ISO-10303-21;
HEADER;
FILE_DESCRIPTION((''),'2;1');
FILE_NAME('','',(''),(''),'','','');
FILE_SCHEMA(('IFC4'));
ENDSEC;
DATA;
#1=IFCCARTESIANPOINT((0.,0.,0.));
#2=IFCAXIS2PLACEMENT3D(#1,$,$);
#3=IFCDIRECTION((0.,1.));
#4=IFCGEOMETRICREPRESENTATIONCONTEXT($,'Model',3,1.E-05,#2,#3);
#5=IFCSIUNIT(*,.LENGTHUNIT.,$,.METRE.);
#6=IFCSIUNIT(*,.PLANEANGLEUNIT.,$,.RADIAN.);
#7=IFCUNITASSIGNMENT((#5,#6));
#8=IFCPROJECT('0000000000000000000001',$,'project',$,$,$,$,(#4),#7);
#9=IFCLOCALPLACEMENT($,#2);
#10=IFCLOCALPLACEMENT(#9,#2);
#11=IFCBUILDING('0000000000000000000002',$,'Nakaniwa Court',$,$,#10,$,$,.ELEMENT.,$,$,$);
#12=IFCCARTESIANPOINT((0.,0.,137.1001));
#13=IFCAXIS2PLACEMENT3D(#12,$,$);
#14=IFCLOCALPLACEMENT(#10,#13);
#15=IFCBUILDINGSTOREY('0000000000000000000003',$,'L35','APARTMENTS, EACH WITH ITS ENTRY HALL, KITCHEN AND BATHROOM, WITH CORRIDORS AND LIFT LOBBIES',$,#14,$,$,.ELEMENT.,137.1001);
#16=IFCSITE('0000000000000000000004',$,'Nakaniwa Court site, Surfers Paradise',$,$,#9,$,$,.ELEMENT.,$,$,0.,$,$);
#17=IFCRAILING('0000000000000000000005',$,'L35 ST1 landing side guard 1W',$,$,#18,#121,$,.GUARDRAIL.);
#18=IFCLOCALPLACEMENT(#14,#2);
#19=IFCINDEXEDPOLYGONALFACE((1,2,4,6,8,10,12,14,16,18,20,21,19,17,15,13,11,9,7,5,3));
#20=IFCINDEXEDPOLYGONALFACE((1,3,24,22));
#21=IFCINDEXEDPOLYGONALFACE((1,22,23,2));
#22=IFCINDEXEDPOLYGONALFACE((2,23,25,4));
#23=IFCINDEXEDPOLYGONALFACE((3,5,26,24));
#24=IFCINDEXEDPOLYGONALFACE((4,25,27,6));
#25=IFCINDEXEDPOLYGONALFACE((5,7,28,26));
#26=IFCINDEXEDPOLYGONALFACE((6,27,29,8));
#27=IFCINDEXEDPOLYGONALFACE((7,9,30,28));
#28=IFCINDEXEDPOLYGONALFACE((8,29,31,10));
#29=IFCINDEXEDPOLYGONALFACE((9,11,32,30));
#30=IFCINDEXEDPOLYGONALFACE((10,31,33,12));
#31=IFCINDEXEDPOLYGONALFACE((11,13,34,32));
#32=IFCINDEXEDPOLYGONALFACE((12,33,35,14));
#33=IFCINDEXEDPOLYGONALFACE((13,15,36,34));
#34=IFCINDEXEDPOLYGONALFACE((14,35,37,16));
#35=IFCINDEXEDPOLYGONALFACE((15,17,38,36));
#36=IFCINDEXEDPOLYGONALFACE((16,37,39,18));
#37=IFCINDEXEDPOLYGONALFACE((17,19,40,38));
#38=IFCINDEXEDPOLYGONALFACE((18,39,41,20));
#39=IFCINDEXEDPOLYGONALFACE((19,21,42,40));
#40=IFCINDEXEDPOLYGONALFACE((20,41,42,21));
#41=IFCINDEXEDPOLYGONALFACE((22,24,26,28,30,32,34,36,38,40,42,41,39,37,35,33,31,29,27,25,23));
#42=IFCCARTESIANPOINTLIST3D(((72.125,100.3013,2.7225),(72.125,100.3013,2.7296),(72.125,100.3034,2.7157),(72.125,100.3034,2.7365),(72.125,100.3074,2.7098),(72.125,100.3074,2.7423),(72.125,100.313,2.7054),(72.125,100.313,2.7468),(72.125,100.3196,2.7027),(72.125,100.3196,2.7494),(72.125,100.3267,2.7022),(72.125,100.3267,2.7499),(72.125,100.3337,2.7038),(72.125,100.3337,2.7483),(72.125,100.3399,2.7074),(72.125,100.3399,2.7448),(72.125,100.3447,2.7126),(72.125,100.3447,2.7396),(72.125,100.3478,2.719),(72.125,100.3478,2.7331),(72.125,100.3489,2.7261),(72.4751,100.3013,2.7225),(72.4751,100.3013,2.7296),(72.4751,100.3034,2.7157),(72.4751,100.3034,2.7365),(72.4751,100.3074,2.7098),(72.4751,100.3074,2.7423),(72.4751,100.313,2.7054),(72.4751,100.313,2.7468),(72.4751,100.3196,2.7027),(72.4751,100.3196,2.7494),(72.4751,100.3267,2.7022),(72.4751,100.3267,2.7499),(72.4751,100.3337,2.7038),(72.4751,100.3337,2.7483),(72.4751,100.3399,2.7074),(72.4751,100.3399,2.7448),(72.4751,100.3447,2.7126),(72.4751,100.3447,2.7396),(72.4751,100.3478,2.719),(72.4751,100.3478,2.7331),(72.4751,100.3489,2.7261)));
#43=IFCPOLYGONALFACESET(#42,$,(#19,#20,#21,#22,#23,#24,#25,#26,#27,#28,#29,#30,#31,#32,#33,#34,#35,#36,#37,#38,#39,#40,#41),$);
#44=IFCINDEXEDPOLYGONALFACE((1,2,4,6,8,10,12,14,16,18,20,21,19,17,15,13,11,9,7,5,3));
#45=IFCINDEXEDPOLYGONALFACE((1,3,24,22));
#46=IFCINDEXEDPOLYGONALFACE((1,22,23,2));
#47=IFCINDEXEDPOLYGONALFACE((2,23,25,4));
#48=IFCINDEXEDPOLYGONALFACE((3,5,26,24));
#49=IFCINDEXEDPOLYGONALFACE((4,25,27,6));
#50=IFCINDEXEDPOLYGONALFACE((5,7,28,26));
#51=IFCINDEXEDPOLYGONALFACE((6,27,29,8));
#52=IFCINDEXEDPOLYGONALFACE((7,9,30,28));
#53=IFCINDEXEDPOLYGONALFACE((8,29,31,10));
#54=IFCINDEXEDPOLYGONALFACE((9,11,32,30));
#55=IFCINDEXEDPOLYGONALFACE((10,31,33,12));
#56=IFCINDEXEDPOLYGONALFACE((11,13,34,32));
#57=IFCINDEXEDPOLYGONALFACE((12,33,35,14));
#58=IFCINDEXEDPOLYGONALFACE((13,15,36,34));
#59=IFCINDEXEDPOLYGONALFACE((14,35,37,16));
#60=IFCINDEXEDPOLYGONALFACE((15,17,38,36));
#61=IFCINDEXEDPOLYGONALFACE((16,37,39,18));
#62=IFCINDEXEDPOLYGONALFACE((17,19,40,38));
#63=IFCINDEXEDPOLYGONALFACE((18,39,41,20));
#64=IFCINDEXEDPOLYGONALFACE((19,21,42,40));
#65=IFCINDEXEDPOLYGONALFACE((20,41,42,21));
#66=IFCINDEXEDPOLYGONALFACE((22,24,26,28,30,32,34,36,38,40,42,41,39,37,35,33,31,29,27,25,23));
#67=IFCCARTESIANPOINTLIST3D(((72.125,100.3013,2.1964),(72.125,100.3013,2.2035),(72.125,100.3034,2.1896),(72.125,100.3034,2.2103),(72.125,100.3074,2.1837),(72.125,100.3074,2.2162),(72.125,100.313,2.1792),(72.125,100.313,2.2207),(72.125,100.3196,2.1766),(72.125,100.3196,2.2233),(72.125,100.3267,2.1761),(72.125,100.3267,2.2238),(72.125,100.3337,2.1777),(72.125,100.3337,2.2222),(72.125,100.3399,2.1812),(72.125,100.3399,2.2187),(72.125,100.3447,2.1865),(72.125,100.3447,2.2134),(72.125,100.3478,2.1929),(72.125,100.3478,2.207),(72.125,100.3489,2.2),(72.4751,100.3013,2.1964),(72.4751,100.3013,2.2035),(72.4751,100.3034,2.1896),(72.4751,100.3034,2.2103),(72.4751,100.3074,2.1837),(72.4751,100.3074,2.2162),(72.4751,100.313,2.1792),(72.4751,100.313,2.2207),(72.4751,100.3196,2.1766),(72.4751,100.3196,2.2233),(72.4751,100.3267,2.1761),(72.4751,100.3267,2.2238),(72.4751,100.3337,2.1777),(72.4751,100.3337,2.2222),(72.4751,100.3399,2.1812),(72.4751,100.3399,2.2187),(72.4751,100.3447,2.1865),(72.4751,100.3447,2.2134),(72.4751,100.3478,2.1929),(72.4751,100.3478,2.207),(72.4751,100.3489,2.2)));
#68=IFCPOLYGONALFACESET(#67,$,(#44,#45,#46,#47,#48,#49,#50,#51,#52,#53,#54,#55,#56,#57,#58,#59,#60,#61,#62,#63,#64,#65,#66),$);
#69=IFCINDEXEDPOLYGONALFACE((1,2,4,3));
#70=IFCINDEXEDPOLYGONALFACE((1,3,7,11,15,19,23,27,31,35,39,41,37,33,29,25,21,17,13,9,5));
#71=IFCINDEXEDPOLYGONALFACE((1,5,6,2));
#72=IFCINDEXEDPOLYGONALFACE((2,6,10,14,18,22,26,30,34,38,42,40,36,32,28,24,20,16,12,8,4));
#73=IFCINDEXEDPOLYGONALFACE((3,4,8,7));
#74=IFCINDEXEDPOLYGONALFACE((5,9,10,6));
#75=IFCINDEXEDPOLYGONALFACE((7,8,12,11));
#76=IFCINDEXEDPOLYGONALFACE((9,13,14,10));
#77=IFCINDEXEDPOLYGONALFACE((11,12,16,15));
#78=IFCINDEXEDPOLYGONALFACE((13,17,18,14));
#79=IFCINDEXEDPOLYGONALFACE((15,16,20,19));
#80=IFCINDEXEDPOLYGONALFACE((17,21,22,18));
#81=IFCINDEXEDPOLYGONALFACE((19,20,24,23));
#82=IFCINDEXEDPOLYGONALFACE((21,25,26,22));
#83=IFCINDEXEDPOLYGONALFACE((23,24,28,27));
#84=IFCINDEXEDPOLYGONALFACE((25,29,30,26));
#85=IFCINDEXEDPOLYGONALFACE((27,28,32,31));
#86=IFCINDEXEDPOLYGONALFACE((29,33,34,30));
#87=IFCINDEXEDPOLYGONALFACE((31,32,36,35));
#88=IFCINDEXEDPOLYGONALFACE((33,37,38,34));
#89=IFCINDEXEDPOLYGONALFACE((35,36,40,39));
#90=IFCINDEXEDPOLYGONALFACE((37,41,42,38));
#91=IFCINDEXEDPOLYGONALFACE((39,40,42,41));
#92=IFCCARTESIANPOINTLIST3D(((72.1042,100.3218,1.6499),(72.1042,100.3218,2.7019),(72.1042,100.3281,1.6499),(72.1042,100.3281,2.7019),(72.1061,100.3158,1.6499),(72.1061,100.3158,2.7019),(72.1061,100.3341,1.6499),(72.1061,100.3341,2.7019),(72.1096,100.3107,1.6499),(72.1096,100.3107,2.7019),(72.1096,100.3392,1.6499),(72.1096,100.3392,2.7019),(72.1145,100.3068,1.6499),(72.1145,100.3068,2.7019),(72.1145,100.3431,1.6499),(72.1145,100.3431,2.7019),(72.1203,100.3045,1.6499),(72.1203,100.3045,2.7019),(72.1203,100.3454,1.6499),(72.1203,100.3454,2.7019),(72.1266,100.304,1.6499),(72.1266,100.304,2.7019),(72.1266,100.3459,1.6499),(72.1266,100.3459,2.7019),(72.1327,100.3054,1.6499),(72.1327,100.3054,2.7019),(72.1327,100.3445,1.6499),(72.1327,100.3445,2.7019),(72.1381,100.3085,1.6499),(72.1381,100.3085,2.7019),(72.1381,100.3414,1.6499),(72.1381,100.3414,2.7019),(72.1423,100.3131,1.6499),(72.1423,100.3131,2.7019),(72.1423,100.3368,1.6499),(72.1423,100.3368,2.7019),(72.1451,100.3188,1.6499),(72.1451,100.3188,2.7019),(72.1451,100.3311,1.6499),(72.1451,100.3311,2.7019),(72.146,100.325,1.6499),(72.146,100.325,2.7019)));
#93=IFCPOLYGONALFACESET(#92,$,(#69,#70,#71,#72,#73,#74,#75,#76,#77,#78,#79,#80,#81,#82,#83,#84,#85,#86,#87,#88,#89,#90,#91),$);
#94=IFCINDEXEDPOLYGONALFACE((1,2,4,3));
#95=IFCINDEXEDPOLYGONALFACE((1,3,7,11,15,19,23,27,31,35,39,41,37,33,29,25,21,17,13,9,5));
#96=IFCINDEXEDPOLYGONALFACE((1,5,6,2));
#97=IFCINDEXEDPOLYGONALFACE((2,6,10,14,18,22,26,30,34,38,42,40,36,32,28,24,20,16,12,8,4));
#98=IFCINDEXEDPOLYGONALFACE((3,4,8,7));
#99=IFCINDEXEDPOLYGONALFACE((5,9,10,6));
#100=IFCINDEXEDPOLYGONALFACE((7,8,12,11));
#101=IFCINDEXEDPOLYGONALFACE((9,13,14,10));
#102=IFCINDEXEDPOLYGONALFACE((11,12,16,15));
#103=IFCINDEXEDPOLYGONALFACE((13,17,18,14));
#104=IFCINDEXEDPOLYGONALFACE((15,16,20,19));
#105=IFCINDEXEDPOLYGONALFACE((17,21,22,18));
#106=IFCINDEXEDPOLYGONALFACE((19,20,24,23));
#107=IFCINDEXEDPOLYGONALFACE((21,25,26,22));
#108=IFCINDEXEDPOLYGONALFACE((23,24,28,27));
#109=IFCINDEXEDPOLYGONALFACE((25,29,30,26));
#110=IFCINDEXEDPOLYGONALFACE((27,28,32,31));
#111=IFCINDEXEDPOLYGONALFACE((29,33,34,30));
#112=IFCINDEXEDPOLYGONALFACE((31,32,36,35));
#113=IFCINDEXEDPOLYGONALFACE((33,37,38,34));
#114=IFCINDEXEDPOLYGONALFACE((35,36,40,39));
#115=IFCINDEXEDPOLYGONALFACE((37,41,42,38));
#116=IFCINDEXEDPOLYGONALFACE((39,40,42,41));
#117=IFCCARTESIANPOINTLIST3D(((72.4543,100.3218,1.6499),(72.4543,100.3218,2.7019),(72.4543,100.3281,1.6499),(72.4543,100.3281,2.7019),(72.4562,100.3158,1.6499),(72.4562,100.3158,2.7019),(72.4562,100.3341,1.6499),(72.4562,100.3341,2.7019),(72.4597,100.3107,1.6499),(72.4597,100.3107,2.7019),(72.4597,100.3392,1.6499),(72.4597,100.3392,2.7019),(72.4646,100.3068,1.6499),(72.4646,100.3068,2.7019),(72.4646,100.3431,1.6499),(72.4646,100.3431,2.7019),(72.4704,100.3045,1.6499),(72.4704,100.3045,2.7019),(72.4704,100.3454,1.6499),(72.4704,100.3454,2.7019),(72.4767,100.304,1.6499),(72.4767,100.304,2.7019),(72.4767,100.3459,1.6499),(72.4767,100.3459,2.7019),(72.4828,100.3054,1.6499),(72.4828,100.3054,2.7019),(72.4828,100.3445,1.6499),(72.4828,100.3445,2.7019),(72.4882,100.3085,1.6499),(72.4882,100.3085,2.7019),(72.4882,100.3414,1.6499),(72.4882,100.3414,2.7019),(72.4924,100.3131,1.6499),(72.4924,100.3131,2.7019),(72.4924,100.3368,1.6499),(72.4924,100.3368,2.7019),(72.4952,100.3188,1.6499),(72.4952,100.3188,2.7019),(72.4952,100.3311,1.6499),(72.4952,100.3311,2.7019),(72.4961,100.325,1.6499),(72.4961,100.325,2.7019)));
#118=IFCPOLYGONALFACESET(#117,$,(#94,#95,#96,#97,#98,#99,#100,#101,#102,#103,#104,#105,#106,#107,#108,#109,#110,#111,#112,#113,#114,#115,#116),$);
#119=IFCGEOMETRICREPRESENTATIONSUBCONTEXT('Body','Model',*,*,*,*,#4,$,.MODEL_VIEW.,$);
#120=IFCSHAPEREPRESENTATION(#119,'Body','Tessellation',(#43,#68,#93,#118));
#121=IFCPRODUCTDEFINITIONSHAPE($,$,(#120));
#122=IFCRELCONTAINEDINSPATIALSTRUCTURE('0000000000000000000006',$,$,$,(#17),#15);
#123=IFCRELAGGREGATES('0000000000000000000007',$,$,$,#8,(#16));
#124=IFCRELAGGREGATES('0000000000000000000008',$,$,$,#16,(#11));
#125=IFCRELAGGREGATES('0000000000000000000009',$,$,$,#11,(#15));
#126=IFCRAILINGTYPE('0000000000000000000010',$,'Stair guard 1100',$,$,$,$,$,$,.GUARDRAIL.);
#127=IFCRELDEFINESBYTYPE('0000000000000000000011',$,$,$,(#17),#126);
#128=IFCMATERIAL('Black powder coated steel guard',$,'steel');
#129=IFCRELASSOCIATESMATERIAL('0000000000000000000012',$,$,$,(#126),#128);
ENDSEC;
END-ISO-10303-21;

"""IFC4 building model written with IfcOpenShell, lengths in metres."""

from ifc_helpers import new_model, si_unit, direction, frame, origin, origin_2d, place, context, subcontext, project, spatial, circle, extrude, material, type_object, element, save


model = new_model("IFC4")

# Units and contexts
model_context = context("Model", 3, precision=1e-05, world=origin(), true_north=direction((0.0, 1.0)))
body_context = subcontext(model_context, "Body", "Model", "MODEL_VIEW")
ifc_project = project(units=[si_unit("LENGTHUNIT", "METRE"), si_unit("PLANEANGLEUNIT", "RADIAN")], contexts=[model_context])

# Site, building, storey
site_placement = place(None, origin())
site = spatial("IfcSite", under=ifc_project, at=site_placement, Name="Nakaniwa Court site, Surfers Paradise", CompositionType="ELEMENT", RefElevation=0.0)
building_placement = place(site_placement, origin())
building = spatial("IfcBuilding", under=site, at=building_placement, Name="Nakaniwa Court", CompositionType="ELEMENT")
storey_placement = place(building_placement, frame((0.0, 0.0, 137.1001)))
storey = spatial("IfcBuildingStorey", under=building, at=storey_placement, Name="L35", Description="APARTMENTS, EACH WITH ITS ENTRY HALL, KITCHEN AND BATHROOM, WITH CORRIDORS AND LIFT LOBBIES", CompositionType="ELEMENT", Elevation=137.1001)

# Railing
ifc_material_1 = material(Name="Black powder coated steel guard", Category="steel")
railing_type_1 = type_object("IfcRailingType", Name="Stair guard 1100", PredefinedType="GUARDRAIL", material=ifc_material_1)
for number, where, name in (
    (1, (72.125, 100.325, 1.6499), "L35 ST1 landing side guard 1W"),
):
    element("IfcRailing", number, at=place(storey_placement, frame(where)), inside=storey, type_object=railing_type_1, Name=name, PredefinedType="GUARDRAIL", context=body_context, shape_type="SweptSolid", body=[
        extrude(circle(Radius=0.0239, at=origin_2d()), frame((0.0, 0.0, 1.0762), z_axis=(1.0, 0.0, 0.0), x_axis=(0.0, 1.0, 0.0)), (0.0, 0.0, 1.0), 0.3501),
        extrude(circle(Radius=0.0239, at=origin_2d()), frame((0.0, 0.0, 0.55), z_axis=(1.0, 0.0, 0.0), x_axis=(0.0, 1.0, 0.0)), (0.0, 0.0, 1.0), 0.3501),
        extrude(circle(Radius=0.021, at=origin_2d()), origin(), (0.0, 0.0, 1.0), 1.052),
        extrude(circle(Radius=0.021, at=origin_2d()), frame((0.3501, 0.0, 0.0)), (0.0, 0.0, 1.0), 1.052),
    ])

save(model, "model.ifc")
